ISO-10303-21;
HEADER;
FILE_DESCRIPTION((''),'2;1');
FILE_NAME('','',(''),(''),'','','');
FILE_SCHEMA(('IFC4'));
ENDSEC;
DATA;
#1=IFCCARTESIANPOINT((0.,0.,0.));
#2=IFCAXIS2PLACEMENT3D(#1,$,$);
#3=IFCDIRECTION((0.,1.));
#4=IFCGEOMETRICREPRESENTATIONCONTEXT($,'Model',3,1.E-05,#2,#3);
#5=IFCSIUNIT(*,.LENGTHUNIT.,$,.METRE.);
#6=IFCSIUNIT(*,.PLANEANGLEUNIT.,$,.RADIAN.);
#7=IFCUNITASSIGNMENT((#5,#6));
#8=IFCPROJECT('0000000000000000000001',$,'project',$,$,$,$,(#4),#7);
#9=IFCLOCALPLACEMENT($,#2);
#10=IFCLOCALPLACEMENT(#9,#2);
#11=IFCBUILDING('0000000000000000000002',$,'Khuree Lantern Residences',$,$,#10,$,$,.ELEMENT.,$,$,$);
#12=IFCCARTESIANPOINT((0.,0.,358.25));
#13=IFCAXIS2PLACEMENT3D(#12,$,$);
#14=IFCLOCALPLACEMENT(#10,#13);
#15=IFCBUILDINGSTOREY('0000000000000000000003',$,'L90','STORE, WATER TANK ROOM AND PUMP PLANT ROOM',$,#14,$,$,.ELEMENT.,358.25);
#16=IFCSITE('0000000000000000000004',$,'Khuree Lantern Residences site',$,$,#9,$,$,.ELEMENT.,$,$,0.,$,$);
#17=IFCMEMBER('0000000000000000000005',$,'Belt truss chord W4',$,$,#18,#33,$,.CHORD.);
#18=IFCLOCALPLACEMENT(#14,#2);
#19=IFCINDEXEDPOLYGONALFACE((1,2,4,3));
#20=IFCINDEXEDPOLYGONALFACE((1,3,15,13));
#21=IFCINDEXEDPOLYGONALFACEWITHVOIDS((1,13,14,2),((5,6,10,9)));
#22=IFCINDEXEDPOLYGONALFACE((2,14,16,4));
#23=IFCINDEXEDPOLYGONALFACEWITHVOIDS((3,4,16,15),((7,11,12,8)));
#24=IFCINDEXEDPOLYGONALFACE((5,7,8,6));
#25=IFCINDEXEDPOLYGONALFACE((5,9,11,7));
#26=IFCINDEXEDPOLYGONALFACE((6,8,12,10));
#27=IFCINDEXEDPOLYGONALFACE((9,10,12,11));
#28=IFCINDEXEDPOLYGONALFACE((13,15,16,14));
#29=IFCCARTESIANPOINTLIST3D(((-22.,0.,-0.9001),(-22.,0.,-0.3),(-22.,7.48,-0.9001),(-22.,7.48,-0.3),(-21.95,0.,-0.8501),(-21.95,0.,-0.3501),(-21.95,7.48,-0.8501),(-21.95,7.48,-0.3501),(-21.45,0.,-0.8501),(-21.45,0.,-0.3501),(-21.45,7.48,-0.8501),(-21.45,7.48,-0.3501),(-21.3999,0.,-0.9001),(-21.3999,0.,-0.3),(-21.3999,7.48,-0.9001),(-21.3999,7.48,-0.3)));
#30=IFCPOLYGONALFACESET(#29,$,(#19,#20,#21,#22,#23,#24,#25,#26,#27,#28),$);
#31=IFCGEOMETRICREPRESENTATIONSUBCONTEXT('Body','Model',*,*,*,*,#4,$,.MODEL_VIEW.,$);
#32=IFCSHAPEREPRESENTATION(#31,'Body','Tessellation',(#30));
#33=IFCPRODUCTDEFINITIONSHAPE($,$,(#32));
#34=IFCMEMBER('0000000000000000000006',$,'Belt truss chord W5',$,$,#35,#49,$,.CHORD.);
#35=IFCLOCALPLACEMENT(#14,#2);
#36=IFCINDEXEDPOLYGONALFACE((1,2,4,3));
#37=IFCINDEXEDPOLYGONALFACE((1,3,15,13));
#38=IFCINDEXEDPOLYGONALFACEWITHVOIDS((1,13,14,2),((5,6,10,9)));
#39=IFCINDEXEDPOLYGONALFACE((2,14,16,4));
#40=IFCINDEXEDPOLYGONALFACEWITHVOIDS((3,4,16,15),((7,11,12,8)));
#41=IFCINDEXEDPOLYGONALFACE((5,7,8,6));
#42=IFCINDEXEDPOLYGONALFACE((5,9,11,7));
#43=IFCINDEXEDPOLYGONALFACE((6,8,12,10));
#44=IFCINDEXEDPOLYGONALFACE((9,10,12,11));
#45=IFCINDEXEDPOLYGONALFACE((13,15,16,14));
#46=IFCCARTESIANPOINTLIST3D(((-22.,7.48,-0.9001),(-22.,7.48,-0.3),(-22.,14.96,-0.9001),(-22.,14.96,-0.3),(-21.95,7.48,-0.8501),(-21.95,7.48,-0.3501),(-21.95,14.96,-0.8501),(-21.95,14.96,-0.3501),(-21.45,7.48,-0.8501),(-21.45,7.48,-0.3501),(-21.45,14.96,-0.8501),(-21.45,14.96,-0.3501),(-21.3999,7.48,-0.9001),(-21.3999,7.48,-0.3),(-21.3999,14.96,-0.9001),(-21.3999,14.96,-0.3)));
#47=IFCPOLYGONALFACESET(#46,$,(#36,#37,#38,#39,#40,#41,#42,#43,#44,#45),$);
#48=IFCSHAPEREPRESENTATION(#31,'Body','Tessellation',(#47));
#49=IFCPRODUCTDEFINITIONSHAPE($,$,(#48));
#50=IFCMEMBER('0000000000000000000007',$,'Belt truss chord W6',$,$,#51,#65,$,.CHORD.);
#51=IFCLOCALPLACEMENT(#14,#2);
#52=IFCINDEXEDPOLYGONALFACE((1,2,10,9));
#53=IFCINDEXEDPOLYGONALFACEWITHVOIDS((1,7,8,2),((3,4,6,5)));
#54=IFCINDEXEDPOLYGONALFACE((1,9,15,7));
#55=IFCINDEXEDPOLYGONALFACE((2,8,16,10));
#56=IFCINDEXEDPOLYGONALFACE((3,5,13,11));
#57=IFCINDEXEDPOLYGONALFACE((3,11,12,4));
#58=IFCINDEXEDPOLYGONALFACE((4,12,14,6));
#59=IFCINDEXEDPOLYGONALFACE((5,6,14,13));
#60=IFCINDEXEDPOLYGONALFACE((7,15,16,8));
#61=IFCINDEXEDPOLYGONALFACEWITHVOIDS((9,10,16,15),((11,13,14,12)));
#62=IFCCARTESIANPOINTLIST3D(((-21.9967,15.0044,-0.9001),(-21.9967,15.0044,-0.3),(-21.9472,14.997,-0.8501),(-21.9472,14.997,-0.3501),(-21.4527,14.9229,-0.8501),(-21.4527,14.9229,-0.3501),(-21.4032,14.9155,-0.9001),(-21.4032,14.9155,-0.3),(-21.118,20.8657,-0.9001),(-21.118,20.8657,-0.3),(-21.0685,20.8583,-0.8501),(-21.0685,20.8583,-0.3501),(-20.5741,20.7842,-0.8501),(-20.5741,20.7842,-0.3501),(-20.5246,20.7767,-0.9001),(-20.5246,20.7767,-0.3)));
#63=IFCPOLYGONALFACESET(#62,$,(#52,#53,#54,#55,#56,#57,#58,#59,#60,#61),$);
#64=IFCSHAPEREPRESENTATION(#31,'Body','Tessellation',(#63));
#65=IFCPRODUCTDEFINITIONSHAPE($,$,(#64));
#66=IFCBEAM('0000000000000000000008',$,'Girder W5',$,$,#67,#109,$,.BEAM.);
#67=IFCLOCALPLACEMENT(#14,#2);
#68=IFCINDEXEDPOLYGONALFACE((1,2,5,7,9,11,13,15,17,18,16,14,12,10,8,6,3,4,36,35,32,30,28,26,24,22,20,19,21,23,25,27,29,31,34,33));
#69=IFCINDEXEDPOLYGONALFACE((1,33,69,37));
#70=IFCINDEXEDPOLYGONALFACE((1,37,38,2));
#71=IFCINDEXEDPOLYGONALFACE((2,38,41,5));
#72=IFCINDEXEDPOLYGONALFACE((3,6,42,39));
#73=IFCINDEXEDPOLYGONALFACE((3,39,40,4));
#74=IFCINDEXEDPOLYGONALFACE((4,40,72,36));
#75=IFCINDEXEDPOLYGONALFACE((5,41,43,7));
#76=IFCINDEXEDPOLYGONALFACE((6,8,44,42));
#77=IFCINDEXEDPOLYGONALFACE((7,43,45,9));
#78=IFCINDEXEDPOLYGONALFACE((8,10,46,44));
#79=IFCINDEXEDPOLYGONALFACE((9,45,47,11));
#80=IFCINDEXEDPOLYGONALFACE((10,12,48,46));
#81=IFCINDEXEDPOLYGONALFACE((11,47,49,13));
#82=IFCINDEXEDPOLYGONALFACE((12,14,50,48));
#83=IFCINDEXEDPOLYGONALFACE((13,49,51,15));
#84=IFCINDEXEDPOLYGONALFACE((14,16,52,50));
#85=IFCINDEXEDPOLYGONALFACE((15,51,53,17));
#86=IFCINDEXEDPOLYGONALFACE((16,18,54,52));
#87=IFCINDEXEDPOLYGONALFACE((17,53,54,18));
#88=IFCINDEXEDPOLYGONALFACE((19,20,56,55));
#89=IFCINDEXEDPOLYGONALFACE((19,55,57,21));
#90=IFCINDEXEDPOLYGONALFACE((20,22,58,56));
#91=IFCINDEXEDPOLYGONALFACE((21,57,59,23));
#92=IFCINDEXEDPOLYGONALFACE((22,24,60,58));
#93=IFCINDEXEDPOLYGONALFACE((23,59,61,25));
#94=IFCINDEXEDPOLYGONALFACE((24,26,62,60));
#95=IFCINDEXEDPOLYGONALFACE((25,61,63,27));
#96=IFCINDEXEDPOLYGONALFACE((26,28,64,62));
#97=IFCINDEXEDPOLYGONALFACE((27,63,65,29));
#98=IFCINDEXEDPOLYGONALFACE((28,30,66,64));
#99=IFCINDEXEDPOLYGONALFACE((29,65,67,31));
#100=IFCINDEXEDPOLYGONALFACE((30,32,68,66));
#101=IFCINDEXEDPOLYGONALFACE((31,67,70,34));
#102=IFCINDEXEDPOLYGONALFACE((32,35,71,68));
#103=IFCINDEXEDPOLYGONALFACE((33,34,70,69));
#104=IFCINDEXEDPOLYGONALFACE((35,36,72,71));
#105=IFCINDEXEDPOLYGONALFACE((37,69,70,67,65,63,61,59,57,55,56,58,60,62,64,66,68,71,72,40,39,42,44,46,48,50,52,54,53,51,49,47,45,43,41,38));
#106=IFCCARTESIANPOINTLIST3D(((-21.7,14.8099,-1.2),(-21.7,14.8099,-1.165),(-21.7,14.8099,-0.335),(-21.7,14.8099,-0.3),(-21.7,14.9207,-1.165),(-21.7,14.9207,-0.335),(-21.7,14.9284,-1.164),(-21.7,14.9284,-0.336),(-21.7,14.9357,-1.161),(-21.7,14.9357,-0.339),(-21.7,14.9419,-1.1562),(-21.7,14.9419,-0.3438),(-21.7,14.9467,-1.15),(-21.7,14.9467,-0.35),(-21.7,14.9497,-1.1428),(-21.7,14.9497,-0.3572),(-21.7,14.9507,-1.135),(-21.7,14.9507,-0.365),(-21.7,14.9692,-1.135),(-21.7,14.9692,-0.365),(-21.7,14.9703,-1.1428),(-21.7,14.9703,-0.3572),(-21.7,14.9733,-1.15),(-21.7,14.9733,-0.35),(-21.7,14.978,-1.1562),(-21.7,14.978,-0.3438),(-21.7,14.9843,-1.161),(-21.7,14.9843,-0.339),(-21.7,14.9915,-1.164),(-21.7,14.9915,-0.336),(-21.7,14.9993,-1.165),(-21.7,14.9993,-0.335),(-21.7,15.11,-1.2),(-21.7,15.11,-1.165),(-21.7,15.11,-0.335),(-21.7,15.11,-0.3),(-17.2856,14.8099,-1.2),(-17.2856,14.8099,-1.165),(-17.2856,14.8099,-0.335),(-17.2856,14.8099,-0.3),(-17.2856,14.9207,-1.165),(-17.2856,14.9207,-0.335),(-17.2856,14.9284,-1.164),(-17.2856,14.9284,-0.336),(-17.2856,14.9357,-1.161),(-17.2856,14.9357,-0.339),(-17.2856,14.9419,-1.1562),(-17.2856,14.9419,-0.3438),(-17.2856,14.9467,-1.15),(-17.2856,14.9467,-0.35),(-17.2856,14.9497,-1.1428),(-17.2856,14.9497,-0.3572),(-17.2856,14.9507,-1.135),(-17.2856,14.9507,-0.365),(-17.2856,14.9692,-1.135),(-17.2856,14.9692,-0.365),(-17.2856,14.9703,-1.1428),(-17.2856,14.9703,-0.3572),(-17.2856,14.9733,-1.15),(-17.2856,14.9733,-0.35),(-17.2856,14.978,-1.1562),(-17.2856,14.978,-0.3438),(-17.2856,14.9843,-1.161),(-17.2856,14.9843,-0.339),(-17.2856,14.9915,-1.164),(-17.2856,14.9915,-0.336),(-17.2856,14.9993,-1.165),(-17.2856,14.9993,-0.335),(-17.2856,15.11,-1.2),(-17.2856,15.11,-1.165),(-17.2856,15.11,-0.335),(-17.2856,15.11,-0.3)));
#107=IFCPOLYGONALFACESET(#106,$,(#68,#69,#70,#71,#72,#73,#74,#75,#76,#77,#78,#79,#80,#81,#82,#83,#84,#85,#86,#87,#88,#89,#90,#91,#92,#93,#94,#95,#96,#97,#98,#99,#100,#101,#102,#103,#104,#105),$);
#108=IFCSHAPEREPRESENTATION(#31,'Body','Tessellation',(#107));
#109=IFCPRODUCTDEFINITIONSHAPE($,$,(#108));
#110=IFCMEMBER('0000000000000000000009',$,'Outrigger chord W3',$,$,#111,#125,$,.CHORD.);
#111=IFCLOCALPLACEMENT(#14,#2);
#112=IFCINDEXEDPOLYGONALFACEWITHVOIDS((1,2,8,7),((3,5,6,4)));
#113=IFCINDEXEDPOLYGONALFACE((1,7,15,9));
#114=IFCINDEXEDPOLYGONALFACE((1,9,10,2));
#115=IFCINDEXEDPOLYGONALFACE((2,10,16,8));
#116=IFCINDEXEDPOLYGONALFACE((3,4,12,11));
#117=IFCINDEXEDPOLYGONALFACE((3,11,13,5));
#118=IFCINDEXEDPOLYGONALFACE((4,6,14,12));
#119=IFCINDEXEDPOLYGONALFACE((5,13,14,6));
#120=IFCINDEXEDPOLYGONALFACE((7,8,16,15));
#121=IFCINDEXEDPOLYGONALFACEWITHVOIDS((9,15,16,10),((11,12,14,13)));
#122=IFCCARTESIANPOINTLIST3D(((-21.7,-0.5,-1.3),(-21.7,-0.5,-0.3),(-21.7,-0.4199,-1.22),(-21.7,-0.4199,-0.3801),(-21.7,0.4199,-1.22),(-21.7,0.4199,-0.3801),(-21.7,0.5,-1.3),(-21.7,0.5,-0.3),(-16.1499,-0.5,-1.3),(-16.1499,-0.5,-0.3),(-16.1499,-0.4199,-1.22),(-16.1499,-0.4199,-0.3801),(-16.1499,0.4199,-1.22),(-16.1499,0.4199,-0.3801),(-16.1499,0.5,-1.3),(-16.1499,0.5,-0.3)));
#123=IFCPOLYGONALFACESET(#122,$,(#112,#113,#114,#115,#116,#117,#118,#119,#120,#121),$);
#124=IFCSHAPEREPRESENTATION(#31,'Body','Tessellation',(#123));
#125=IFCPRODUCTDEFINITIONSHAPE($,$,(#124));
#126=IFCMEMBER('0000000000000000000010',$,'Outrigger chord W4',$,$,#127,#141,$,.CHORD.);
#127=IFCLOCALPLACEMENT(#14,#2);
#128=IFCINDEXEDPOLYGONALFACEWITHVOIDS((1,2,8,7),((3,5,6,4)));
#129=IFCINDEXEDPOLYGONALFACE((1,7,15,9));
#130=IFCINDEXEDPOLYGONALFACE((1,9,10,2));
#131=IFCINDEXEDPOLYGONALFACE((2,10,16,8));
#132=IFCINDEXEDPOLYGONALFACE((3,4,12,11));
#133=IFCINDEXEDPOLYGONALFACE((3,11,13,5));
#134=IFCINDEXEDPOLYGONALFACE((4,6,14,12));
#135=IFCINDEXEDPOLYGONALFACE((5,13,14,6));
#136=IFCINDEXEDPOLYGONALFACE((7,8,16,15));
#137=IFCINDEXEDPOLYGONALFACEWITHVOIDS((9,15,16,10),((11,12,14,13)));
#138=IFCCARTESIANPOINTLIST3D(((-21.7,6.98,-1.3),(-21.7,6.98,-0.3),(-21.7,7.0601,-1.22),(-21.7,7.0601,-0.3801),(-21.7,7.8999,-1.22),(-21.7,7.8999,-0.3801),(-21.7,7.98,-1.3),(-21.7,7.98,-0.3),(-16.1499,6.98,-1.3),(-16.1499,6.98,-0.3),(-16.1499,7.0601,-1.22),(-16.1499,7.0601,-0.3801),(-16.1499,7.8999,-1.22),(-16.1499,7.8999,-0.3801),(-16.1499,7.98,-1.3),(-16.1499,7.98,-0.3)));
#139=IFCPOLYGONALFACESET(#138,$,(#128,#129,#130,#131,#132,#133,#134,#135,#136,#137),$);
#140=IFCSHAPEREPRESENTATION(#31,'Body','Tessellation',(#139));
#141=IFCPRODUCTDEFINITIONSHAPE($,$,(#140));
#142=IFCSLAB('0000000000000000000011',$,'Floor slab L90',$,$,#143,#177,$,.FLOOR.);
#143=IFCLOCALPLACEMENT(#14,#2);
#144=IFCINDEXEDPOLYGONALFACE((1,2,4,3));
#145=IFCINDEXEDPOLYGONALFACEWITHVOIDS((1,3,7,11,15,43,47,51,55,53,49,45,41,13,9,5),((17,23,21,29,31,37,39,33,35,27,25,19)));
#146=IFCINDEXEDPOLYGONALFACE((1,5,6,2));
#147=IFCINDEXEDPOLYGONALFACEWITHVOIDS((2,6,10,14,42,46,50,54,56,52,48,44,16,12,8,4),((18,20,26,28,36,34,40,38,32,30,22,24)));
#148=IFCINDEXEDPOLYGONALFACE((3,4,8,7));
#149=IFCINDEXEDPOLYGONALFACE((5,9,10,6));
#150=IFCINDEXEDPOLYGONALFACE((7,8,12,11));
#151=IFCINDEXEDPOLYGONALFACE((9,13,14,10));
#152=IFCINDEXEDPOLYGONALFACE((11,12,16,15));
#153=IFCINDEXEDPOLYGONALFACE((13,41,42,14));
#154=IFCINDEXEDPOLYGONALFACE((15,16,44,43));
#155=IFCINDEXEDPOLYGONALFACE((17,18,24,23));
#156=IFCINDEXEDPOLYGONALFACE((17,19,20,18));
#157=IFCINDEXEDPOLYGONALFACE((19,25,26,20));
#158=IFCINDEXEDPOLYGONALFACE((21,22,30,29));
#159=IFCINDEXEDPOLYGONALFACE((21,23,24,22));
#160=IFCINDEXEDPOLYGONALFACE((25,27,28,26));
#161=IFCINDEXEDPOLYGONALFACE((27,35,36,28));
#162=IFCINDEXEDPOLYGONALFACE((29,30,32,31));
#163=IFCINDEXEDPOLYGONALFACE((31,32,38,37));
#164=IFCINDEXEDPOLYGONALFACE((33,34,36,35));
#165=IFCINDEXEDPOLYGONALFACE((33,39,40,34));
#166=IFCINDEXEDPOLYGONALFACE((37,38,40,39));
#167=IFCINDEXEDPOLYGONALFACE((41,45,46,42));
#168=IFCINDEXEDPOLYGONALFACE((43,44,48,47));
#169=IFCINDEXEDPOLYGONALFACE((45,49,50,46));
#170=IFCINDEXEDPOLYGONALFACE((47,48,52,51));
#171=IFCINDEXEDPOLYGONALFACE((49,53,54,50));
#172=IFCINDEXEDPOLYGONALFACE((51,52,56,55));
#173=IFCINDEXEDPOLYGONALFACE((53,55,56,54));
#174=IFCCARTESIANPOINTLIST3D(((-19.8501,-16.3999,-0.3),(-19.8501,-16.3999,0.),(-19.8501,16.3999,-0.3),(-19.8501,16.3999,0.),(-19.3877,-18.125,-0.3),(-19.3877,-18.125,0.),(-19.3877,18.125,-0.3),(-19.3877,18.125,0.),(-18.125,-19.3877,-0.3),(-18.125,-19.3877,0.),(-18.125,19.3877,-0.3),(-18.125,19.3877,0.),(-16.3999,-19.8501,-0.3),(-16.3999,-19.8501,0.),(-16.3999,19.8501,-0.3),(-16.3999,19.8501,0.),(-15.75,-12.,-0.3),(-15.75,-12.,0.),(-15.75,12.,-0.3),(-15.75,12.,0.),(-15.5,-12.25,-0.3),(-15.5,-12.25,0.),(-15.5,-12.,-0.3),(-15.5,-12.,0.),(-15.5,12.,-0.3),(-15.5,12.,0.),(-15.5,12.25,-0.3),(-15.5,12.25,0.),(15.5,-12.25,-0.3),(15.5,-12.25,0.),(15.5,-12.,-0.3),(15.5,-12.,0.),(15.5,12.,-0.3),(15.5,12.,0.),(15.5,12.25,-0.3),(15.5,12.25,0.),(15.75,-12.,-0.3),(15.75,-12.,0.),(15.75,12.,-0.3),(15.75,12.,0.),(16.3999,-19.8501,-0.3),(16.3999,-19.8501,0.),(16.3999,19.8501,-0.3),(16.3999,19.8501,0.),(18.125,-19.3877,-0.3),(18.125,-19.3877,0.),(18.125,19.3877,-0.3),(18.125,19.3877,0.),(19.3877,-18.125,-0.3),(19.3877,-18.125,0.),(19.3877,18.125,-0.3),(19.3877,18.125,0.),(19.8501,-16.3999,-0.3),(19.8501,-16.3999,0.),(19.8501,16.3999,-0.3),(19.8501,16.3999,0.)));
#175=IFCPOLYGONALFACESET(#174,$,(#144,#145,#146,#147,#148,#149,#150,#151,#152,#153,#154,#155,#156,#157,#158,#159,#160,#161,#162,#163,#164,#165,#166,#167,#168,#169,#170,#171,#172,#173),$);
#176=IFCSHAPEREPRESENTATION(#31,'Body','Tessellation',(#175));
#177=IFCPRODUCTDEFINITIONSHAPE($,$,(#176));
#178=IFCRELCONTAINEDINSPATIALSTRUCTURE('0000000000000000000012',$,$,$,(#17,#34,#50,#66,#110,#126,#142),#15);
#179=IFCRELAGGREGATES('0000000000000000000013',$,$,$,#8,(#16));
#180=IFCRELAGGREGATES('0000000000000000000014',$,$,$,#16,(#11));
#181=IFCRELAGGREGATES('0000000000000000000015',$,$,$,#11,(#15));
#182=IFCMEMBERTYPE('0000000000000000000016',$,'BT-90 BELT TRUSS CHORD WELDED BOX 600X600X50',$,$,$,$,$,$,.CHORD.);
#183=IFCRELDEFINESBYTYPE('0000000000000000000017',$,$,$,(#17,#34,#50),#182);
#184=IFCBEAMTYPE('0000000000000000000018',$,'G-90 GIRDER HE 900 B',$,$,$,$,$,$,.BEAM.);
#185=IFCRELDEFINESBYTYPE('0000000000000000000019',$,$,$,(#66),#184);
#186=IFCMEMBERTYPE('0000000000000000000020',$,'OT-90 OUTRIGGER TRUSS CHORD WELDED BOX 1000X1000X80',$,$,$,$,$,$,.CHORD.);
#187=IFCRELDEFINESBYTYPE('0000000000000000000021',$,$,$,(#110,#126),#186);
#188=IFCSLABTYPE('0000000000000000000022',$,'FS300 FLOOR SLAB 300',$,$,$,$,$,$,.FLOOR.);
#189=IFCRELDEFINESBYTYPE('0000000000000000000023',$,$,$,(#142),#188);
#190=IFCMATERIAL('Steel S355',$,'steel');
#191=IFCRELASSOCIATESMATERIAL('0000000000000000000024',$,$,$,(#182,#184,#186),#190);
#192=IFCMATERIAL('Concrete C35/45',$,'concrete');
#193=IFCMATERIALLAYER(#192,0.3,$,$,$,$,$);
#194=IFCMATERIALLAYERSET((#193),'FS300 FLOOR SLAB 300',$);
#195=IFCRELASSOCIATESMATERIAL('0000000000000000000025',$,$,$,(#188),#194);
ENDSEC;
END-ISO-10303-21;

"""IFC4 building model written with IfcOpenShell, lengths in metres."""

from ifc_helpers import new_model, si_unit, direction, frame, origin, origin_2d, place, context, subcontext, project, spatial, polyline, hollow_rectangle, i_section, outline, extrude, material, layer, layer_set, material_profile, profile_set, type_object, element, save


model = new_model("IFC4")

# Units and contexts
model_context = context("Model", 3, precision=1e-05, world=origin(), true_north=direction((0.0, 1.0)))
body_context = subcontext(model_context, "Body", "Model", "MODEL_VIEW")
ifc_project = project(units=[si_unit("LENGTHUNIT", "METRE"), si_unit("PLANEANGLEUNIT", "RADIAN")], contexts=[model_context])

# Site, building, storey
site_placement = place(None, origin())
site = spatial("IfcSite", under=ifc_project, at=site_placement, Name="Khuree Lantern Residences site", CompositionType="ELEMENT", RefElevation=0.0)
building_placement = place(site_placement, origin())
building = spatial("IfcBuilding", under=site, at=building_placement, Name="Khuree Lantern Residences", CompositionType="ELEMENT")
storey_placement = place(building_placement, frame((0.0, 0.0, 358.25)))
storey = spatial("IfcBuildingStorey", under=building, at=storey_placement, Name="L90", Description="STORE, WATER TANK ROOM AND PUMP PLANT ROOM", CompositionType="ELEMENT", Elevation=358.25)

# Shared definitions
ifc_material_1 = material(Name="Steel S355", Category="steel")

# Members
ifc_material_profile_1 = material_profile(ifc_material_1, hollow_rectangle(XDim=0.6001, YDim=0.6001, WallThickness=0.05, at=origin_2d()), Name="WELDED BOX 600X600X50")
ifc_profile_set_1 = profile_set([ifc_material_profile_1], Name="Steel S355")
member_type_1 = type_object("IfcMemberType", Name="BT-90 BELT TRUSS CHORD WELDED BOX 600X600X50", PredefinedType="CHORD", material=ifc_profile_set_1)
for number, where, z_axis, x_axis, name in (
    (1, (-21.7, 0.0, -0.6001), (0.0, 1.0, 0.0), (-1.0, 0.0, 0.0), "Belt truss chord W4"),
    (2, (-21.7, 7.48, -0.6001), (0.0, 1.0, 0.0), (-1.0, 0.0, 0.0), "Belt truss chord W5"),
):
    element("IfcMember", number, at=place(storey_placement, frame(where, z_axis=z_axis, x_axis=x_axis)), inside=storey, type_object=member_type_1, Name=name, PredefinedType="CHORD", context=body_context, shape_type="SweptSolid", body=[
        extrude(hollow_rectangle(XDim=0.6001, YDim=0.6001, WallThickness=0.05, at=origin_2d()), origin(), (0.0, 0.0, 1.0), 7.48),
    ])
member_placement = place(storey_placement, frame((-21.7, 14.96, -0.6001), z_axis=(0.148252, 0.98895, 0.0), x_axis=(-0.98895, 0.148252, 0.0)))
element("IfcMember", 3, at=member_placement, inside=storey, type_object=member_type_1, Name="Belt truss chord W6", PredefinedType="CHORD", context=body_context, shape_type="SweptSolid", body=[
    extrude(hollow_rectangle(XDim=0.6001, YDim=0.6001, WallThickness=0.05, at=origin_2d()), origin(), (0.0, 0.0, 1.0), 5.9268),
])

# Beam
ifc_material_profile_2 = material_profile(ifc_material_1, i_section(OverallWidth=0.3, OverallDepth=0.8999, WebThickness=0.0186, FlangeThickness=0.0349, FilletRadius=0.03, at=origin_2d()), Name="HE 900 B")
ifc_profile_set_2 = profile_set([ifc_material_profile_2], Name="Steel S355")
beam_type_1 = type_object("IfcBeamType", Name="G-90 GIRDER HE 900 B", PredefinedType="BEAM", material=ifc_profile_set_2)
beam_1_placement = place(storey_placement, frame((-21.7, 14.96, -0.75), z_axis=(1.0, 0.0, 0.0), x_axis=(0.0, 1.0, 0.0)))
element("IfcBeam", 4, at=beam_1_placement, inside=storey, type_object=beam_type_1, Name="Girder W5", PredefinedType="BEAM", context=body_context, shape_type="SweptSolid", body=[
    extrude(i_section(OverallWidth=0.3, OverallDepth=0.8999, WebThickness=0.0186, FlangeThickness=0.0349, FilletRadius=0.03, at=origin_2d()), origin(), (0.0, 0.0, 1.0), 4.4143),
])

# Members
ifc_material_profile_3 = material_profile(ifc_material_1, hollow_rectangle(XDim=1.0, YDim=1.0, WallThickness=0.0801, at=origin_2d()), Name="WELDED BOX 1000X1000X80")
ifc_profile_set_3 = profile_set([ifc_material_profile_3], Name="Steel S355")
member_type_2 = type_object("IfcMemberType", Name="OT-90 OUTRIGGER TRUSS CHORD WELDED BOX 1000X1000X80", PredefinedType="CHORD", material=ifc_profile_set_3)
for number, where, z_axis, x_axis, name in (
    (5, (-21.7, 0.0, -0.8), (1.0, 0.0, 0.0), (0.0, 1.0, 0.0), "Outrigger chord W3"),
    (6, (-21.7, 7.48, -0.8), (1.0, 0.0, 0.0), (0.0, 1.0, 0.0), "Outrigger chord W4"),
):
    element("IfcMember", number, at=place(storey_placement, frame(where, z_axis=z_axis, x_axis=x_axis)), inside=storey, type_object=member_type_2, Name=name, PredefinedType="CHORD", context=body_context, shape_type="SweptSolid", body=[
        extrude(hollow_rectangle(XDim=1.0, YDim=1.0, WallThickness=0.0801, at=origin_2d()), origin(), (0.0, 0.0, 1.0), 5.55),
    ])

# Slab
ifc_material_2 = material(Name="Concrete C35/45", Category="concrete")
ifc_layer_1 = layer(ifc_material_2, 0.3)
ifc_layer_set_1 = layer_set([ifc_layer_1], Name="FS300 FLOOR SLAB 300")
slab_type = type_object("IfcSlabType", Name="FS300 FLOOR SLAB 300", PredefinedType="FLOOR", material=ifc_layer_set_1)
slab_placement = place(storey_placement, frame((0.0, 0.0, -0.3)))
element("IfcSlab", 7, at=slab_placement, inside=storey, type_object=slab_type, Name="Floor slab L90", PredefinedType="FLOOR", context=body_context, shape_type="SweptSolid", body=[
    extrude(outline(polyline([(-18.125, -19.3877), (-19.3877, -18.125), (-19.8501, -16.3999), (-19.8501, 16.3999), (-19.3877, 18.125), (-18.125, 19.3877), (-16.3999, 19.8501), (16.3999, 19.8501), (18.125, 19.3877), (19.3877, 18.125), (19.8501, 16.3999), (19.8501, -16.3999), (19.3877, -18.125), (18.125, -19.3877), (16.3999, -19.8501), (-16.3999, -19.8501), (-18.125, -19.3877)]), holes=[polyline([(15.75, 12.0), (15.5, 12.0), (15.5, 12.25), (-15.5, 12.25), (-15.5, 12.0), (-15.75, 12.0), (-15.75, -12.0), (-15.5, -12.0), (-15.5, -12.25), (15.5, -12.25), (15.5, -12.0), (15.75, -12.0), (15.75, 12.0)])]), origin(), (0.0, 0.0, 1.0), 0.3),
])

save(model, "model.ifc")
